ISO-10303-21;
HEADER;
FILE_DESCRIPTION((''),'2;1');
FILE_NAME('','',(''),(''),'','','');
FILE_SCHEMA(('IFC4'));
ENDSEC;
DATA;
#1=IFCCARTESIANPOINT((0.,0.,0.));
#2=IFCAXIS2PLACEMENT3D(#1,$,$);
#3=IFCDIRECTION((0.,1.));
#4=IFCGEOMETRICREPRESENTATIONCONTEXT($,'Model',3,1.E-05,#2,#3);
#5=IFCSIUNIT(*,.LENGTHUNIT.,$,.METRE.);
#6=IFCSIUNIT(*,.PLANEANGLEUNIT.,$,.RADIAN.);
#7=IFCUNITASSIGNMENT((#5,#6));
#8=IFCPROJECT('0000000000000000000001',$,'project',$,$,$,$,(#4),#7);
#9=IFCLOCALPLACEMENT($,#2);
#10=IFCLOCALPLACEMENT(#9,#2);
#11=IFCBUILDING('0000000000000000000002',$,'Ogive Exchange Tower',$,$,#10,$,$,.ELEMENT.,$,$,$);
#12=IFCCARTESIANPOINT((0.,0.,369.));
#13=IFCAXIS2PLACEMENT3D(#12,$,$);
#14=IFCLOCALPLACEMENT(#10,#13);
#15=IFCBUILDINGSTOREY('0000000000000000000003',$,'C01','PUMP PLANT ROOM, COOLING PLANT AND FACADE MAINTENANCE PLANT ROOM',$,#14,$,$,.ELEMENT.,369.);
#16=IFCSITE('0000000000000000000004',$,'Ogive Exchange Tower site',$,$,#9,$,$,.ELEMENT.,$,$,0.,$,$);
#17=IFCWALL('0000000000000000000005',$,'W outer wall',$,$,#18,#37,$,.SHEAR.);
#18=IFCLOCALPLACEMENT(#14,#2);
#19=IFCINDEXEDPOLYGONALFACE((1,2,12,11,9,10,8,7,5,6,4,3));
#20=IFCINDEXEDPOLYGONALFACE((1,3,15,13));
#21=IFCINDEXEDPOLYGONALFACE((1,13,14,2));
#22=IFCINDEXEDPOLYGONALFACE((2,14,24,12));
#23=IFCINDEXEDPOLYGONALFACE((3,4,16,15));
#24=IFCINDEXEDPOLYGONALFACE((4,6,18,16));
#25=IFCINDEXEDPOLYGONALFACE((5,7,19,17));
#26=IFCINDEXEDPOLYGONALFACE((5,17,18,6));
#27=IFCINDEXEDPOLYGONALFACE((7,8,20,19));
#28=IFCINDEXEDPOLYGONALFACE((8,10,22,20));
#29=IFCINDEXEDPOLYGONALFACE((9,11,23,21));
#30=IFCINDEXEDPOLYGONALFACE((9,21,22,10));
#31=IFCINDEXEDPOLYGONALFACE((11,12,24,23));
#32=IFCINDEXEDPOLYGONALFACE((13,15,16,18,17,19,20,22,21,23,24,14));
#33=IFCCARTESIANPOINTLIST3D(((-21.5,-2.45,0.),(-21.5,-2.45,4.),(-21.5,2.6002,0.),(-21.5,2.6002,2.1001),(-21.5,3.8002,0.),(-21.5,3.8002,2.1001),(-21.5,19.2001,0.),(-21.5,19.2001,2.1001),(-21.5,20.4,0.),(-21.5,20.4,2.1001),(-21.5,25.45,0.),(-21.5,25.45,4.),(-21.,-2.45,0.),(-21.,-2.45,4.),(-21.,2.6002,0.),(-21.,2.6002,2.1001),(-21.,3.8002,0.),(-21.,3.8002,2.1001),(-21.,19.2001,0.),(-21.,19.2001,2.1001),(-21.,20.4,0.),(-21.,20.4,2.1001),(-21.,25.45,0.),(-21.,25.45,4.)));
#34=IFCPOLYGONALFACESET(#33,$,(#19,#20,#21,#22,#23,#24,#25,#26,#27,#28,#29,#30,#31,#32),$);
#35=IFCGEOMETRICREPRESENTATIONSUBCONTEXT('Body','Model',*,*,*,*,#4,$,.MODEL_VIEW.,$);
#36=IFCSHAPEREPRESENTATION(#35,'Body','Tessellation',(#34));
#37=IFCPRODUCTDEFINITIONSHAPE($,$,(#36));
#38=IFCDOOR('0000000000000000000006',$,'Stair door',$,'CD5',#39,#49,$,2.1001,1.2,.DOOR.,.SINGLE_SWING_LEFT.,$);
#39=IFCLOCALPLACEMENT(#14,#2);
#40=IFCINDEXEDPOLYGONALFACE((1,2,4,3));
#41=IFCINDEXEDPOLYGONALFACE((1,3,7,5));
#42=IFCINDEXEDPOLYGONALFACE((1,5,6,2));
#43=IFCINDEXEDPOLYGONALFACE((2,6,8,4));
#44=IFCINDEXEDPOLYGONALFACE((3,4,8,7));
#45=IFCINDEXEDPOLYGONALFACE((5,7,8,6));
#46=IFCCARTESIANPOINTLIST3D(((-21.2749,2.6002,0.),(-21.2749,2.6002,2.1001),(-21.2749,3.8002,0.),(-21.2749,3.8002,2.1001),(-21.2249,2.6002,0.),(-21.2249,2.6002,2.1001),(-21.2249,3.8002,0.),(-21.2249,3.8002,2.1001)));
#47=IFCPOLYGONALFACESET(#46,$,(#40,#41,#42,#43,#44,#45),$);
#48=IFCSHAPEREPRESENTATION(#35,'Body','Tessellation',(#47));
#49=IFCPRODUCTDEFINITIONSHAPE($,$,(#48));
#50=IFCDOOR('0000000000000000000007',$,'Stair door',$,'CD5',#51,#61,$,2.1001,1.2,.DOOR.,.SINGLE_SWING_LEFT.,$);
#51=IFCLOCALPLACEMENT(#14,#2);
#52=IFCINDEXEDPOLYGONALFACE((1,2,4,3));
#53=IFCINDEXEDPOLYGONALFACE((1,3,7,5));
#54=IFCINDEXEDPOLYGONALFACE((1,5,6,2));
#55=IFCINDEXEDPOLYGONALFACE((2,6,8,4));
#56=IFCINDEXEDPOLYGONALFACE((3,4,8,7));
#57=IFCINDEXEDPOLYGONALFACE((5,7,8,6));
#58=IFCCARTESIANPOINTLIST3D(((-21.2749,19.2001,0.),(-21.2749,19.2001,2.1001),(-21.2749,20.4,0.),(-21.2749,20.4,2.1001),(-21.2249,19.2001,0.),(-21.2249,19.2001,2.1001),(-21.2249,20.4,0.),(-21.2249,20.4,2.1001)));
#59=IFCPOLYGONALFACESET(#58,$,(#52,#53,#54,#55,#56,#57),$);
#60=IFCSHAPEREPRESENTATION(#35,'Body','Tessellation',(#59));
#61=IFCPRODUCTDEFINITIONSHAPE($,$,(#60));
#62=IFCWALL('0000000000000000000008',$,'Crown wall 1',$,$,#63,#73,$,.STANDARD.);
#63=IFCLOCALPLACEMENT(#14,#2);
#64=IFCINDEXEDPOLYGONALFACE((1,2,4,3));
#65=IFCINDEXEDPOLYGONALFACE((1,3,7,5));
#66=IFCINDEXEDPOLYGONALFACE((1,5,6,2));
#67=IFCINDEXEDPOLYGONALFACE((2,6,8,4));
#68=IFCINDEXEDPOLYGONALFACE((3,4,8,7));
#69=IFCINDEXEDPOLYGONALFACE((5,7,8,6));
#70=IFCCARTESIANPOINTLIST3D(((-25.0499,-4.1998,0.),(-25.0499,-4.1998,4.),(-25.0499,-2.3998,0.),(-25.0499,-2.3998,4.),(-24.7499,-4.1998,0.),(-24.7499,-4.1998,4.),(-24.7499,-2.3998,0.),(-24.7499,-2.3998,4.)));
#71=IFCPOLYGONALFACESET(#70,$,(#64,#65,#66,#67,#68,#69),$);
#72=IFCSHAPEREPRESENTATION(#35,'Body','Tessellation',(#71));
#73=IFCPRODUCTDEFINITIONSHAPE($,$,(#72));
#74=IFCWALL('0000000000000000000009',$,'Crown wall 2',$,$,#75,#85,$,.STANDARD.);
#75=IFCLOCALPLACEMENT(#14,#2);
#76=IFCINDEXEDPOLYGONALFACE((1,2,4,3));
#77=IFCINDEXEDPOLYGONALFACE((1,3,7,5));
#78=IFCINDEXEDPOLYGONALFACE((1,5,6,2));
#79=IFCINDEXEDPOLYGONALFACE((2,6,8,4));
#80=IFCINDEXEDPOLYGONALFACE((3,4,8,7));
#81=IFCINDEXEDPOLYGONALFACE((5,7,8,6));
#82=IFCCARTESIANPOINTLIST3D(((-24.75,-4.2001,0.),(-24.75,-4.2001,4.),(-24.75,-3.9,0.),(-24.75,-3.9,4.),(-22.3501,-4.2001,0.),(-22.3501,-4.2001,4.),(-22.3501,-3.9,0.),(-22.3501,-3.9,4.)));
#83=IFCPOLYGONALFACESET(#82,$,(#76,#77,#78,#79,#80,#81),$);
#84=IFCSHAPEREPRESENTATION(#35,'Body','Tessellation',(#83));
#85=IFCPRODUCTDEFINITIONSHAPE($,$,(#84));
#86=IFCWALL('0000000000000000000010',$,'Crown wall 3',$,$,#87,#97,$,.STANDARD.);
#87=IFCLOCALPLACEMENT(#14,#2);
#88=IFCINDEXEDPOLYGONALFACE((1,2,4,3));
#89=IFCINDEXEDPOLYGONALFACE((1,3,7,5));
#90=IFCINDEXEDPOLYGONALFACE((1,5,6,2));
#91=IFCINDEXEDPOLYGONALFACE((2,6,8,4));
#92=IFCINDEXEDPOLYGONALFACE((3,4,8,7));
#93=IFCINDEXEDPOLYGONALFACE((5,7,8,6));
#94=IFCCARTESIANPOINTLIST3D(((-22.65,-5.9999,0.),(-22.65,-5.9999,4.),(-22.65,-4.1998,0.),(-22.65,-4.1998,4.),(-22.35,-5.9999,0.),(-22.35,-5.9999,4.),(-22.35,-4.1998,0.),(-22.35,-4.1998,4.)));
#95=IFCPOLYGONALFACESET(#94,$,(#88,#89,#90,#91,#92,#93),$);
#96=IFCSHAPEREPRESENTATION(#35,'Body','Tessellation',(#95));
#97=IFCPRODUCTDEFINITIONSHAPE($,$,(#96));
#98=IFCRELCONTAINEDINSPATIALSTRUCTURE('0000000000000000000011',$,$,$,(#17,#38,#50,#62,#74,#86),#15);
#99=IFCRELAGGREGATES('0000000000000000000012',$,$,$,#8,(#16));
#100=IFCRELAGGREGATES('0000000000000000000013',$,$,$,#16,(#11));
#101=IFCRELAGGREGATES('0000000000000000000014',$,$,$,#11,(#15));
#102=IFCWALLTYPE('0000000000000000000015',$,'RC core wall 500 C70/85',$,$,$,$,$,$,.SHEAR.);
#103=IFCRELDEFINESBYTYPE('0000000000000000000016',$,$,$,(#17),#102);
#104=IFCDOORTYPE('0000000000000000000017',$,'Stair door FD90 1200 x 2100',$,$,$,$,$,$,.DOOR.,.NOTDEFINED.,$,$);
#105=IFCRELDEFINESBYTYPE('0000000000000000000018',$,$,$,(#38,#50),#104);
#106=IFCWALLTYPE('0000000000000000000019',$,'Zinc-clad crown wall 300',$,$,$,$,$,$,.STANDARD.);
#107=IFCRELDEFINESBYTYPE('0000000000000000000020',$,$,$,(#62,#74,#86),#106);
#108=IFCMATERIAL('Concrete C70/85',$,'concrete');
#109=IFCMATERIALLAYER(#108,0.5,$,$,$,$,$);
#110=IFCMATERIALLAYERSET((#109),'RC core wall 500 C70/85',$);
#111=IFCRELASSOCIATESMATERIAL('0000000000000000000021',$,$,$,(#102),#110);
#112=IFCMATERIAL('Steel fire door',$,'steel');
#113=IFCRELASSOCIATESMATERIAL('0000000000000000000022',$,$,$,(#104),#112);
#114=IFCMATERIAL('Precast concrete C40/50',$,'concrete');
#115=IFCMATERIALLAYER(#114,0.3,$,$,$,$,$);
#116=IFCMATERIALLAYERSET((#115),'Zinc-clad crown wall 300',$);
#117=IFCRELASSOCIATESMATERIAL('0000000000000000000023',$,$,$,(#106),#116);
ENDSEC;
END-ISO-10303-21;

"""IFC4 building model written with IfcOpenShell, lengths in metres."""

from ifc_helpers import new_model, si_unit, direction, frame, frame_2d, origin, place, context, subcontext, project, spatial, rectangle, extrude, material, layer, layer_set, type_object, element, fill, save


model = new_model("IFC4")

# Units and contexts
model_context = context("Model", 3, precision=1e-05, world=origin(), true_north=direction((0.0, 1.0)))
body_context = subcontext(model_context, "Body", "Model", "MODEL_VIEW")
ifc_project = project(units=[si_unit("LENGTHUNIT", "METRE"), si_unit("PLANEANGLEUNIT", "RADIAN")], contexts=[model_context])

# Site, building, storey
site_placement = place(None, origin())
site = spatial("IfcSite", under=ifc_project, at=site_placement, Name="Ogive Exchange Tower site", CompositionType="ELEMENT", RefElevation=0.0)
building_placement = place(site_placement, origin())
building = spatial("IfcBuilding", under=site, at=building_placement, Name="Ogive Exchange Tower", CompositionType="ELEMENT")
storey_placement = place(building_placement, frame((0.0, 0.0, 369.0)))
storey = spatial("IfcBuildingStorey", under=building, at=storey_placement, Name="C01", Description="PUMP PLANT ROOM, COOLING PLANT AND FACADE MAINTENANCE PLANT ROOM", CompositionType="ELEMENT", Elevation=369.0)

# Shared definitions
ifc_material_1 = material(Name="Concrete C70/85", Category="concrete")

# Wall, openings, doors
ifc_layer_1 = layer(ifc_material_1, 0.5)
ifc_layer_set_1 = layer_set([ifc_layer_1], Name="RC core wall 500 C70/85")
wall_type_1 = type_object("IfcWallType", Name="RC core wall 500 C70/85", PredefinedType="SHEAR", material=ifc_layer_set_1)
wall_1_placement = place(storey_placement, frame((-21.25, -2.45, 0.0), z_axis=(0.0, 0.0, 1.0), x_axis=(0.0, 1.0, 0.0)))
wall_1 = element("IfcWall", 1, at=wall_1_placement, inside=storey, type_object=wall_type_1, Name="W outer wall", PredefinedType="SHEAR", context=body_context, shape_type="SweptSolid", body=[
    extrude(rectangle(XDim=27.8999, YDim=0.5, at=frame_2d((13.95, 0.0))), origin(), (0.0, 0.0, 1.0), 4.0),
])
opening_1_placement = place(wall_1_placement, frame((5.05, 0.0, 0.0)))
opening_1 = element("IfcOpeningElement", 2, at=opening_1_placement, cuts=wall_1, PredefinedType="OPENING", context=body_context, shape_type="SweptSolid", body=[
    extrude(rectangle(XDim=1.2, YDim=2.1001, at=frame_2d((0.6001, 1.05))), frame((0.0, 0.26, 0.0), z_axis=(0.0, -1.0, 0.0), x_axis=(1.0, 0.0, 0.0)), (0.0, 0.0, 1.0), 0.52),
])
opening_2_placement = place(wall_1_placement, frame((21.6499, 0.0, 0.0)))
opening_2 = element("IfcOpeningElement", 3, at=opening_2_placement, cuts=wall_1, PredefinedType="OPENING", context=body_context, shape_type="SweptSolid", body=[
    extrude(rectangle(XDim=1.2, YDim=2.1001, at=frame_2d((0.6001, 1.05))), frame((0.0, 0.26, 0.0), z_axis=(0.0, -1.0, 0.0), x_axis=(1.0, 0.0, 0.0)), (0.0, 0.0, 1.0), 0.52),
])
ifc_material_2 = material(Name="Steel fire door", Category="steel")
door_type = type_object("IfcDoorType", Name="Stair door FD90 1200 x 2100", OperationType="NOTDEFINED", PredefinedType="DOOR", material=ifc_material_2)
door_1_placement = place(opening_1_placement, origin())
door_1 = element("IfcDoor", 4, at=door_1_placement, inside=storey, type_object=door_type, Name="Stair door", ObjectType="CD5", OperationType="SINGLE_SWING_LEFT", OverallHeight=2.1001, OverallWidth=1.2, PredefinedType="DOOR", context=body_context, shape_type="SweptSolid", body=[
    extrude(rectangle(XDim=1.2, YDim=2.1001, at=frame_2d((0.6001, 1.05))), frame((0.0, 0.0249, 0.0), z_axis=(0.0, -1.0, 0.0), x_axis=(1.0, 0.0, 0.0)), (0.0, 0.0, 1.0), 0.05),
])
fill(opening_1, door_1)
door_2_placement = place(opening_2_placement, origin())
door_2 = element("IfcDoor", 5, at=door_2_placement, inside=storey, type_object=door_type, Name="Stair door", ObjectType="CD5", OperationType="SINGLE_SWING_LEFT", OverallHeight=2.1001, OverallWidth=1.2, PredefinedType="DOOR", context=body_context, shape_type="SweptSolid", body=[
    extrude(rectangle(XDim=1.2, YDim=2.1001, at=frame_2d((0.6001, 1.05))), frame((0.0, 0.0249, 0.0), z_axis=(0.0, -1.0, 0.0), x_axis=(1.0, 0.0, 0.0)), (0.0, 0.0, 1.0), 0.05),
])
fill(opening_2, door_2)

# Walls
ifc_material_3 = material(Name="Precast concrete C40/50", Category="concrete")
ifc_layer_2 = layer(ifc_material_3, 0.3)
ifc_layer_set_2 = layer_set([ifc_layer_2], Name="Zinc-clad crown wall 300")
wall_type_2 = type_object("IfcWallType", Name="Zinc-clad crown wall 300", PredefinedType="STANDARD", material=ifc_layer_set_2)
wall_2_placement = place(storey_placement, frame((-24.8999, -2.3999, 0.0), z_axis=(0.0, 0.0, 1.0), x_axis=(0.0, -1.0, 0.0)))
element("IfcWall", 6, at=wall_2_placement, inside=storey, type_object=wall_type_2, Name="Crown wall 1", PredefinedType="STANDARD", context=body_context, shape_type="SweptSolid", body=[
    extrude(rectangle(XDim=1.8, YDim=0.3, at=frame_2d((0.8999, 0.0))), origin(), (0.0, 0.0, 1.0), 4.0),
])
wall_3_placement = place(storey_placement, frame((-24.75, -4.05, 0.0), z_axis=(0.0, 0.0, 1.0), x_axis=(1.0, 0.0, 0.0)))
element("IfcWall", 7, at=wall_3_placement, inside=storey, type_object=wall_type_2, Name="Crown wall 2", PredefinedType="STANDARD", context=body_context, shape_type="SweptSolid", body=[
    extrude(rectangle(XDim=2.3999, YDim=0.3, at=frame_2d((1.2, 0.0))), origin(), (0.0, 0.0, 1.0), 4.0),
])
wall_4_placement = place(storey_placement, frame((-22.5, -4.2, 0.0), z_axis=(0.0, 0.0, 1.0), x_axis=(0.0, -1.0, 0.0)))
element("IfcWall", 8, at=wall_4_placement, inside=storey, type_object=wall_type_2, Name="Crown wall 3", PredefinedType="STANDARD", context=body_context, shape_type="SweptSolid", body=[
    extrude(rectangle(XDim=1.8, YDim=0.3, at=frame_2d((0.8999, 0.0))), origin(), (0.0, 0.0, 1.0), 4.0),
])

save(model, "model.ifc")
